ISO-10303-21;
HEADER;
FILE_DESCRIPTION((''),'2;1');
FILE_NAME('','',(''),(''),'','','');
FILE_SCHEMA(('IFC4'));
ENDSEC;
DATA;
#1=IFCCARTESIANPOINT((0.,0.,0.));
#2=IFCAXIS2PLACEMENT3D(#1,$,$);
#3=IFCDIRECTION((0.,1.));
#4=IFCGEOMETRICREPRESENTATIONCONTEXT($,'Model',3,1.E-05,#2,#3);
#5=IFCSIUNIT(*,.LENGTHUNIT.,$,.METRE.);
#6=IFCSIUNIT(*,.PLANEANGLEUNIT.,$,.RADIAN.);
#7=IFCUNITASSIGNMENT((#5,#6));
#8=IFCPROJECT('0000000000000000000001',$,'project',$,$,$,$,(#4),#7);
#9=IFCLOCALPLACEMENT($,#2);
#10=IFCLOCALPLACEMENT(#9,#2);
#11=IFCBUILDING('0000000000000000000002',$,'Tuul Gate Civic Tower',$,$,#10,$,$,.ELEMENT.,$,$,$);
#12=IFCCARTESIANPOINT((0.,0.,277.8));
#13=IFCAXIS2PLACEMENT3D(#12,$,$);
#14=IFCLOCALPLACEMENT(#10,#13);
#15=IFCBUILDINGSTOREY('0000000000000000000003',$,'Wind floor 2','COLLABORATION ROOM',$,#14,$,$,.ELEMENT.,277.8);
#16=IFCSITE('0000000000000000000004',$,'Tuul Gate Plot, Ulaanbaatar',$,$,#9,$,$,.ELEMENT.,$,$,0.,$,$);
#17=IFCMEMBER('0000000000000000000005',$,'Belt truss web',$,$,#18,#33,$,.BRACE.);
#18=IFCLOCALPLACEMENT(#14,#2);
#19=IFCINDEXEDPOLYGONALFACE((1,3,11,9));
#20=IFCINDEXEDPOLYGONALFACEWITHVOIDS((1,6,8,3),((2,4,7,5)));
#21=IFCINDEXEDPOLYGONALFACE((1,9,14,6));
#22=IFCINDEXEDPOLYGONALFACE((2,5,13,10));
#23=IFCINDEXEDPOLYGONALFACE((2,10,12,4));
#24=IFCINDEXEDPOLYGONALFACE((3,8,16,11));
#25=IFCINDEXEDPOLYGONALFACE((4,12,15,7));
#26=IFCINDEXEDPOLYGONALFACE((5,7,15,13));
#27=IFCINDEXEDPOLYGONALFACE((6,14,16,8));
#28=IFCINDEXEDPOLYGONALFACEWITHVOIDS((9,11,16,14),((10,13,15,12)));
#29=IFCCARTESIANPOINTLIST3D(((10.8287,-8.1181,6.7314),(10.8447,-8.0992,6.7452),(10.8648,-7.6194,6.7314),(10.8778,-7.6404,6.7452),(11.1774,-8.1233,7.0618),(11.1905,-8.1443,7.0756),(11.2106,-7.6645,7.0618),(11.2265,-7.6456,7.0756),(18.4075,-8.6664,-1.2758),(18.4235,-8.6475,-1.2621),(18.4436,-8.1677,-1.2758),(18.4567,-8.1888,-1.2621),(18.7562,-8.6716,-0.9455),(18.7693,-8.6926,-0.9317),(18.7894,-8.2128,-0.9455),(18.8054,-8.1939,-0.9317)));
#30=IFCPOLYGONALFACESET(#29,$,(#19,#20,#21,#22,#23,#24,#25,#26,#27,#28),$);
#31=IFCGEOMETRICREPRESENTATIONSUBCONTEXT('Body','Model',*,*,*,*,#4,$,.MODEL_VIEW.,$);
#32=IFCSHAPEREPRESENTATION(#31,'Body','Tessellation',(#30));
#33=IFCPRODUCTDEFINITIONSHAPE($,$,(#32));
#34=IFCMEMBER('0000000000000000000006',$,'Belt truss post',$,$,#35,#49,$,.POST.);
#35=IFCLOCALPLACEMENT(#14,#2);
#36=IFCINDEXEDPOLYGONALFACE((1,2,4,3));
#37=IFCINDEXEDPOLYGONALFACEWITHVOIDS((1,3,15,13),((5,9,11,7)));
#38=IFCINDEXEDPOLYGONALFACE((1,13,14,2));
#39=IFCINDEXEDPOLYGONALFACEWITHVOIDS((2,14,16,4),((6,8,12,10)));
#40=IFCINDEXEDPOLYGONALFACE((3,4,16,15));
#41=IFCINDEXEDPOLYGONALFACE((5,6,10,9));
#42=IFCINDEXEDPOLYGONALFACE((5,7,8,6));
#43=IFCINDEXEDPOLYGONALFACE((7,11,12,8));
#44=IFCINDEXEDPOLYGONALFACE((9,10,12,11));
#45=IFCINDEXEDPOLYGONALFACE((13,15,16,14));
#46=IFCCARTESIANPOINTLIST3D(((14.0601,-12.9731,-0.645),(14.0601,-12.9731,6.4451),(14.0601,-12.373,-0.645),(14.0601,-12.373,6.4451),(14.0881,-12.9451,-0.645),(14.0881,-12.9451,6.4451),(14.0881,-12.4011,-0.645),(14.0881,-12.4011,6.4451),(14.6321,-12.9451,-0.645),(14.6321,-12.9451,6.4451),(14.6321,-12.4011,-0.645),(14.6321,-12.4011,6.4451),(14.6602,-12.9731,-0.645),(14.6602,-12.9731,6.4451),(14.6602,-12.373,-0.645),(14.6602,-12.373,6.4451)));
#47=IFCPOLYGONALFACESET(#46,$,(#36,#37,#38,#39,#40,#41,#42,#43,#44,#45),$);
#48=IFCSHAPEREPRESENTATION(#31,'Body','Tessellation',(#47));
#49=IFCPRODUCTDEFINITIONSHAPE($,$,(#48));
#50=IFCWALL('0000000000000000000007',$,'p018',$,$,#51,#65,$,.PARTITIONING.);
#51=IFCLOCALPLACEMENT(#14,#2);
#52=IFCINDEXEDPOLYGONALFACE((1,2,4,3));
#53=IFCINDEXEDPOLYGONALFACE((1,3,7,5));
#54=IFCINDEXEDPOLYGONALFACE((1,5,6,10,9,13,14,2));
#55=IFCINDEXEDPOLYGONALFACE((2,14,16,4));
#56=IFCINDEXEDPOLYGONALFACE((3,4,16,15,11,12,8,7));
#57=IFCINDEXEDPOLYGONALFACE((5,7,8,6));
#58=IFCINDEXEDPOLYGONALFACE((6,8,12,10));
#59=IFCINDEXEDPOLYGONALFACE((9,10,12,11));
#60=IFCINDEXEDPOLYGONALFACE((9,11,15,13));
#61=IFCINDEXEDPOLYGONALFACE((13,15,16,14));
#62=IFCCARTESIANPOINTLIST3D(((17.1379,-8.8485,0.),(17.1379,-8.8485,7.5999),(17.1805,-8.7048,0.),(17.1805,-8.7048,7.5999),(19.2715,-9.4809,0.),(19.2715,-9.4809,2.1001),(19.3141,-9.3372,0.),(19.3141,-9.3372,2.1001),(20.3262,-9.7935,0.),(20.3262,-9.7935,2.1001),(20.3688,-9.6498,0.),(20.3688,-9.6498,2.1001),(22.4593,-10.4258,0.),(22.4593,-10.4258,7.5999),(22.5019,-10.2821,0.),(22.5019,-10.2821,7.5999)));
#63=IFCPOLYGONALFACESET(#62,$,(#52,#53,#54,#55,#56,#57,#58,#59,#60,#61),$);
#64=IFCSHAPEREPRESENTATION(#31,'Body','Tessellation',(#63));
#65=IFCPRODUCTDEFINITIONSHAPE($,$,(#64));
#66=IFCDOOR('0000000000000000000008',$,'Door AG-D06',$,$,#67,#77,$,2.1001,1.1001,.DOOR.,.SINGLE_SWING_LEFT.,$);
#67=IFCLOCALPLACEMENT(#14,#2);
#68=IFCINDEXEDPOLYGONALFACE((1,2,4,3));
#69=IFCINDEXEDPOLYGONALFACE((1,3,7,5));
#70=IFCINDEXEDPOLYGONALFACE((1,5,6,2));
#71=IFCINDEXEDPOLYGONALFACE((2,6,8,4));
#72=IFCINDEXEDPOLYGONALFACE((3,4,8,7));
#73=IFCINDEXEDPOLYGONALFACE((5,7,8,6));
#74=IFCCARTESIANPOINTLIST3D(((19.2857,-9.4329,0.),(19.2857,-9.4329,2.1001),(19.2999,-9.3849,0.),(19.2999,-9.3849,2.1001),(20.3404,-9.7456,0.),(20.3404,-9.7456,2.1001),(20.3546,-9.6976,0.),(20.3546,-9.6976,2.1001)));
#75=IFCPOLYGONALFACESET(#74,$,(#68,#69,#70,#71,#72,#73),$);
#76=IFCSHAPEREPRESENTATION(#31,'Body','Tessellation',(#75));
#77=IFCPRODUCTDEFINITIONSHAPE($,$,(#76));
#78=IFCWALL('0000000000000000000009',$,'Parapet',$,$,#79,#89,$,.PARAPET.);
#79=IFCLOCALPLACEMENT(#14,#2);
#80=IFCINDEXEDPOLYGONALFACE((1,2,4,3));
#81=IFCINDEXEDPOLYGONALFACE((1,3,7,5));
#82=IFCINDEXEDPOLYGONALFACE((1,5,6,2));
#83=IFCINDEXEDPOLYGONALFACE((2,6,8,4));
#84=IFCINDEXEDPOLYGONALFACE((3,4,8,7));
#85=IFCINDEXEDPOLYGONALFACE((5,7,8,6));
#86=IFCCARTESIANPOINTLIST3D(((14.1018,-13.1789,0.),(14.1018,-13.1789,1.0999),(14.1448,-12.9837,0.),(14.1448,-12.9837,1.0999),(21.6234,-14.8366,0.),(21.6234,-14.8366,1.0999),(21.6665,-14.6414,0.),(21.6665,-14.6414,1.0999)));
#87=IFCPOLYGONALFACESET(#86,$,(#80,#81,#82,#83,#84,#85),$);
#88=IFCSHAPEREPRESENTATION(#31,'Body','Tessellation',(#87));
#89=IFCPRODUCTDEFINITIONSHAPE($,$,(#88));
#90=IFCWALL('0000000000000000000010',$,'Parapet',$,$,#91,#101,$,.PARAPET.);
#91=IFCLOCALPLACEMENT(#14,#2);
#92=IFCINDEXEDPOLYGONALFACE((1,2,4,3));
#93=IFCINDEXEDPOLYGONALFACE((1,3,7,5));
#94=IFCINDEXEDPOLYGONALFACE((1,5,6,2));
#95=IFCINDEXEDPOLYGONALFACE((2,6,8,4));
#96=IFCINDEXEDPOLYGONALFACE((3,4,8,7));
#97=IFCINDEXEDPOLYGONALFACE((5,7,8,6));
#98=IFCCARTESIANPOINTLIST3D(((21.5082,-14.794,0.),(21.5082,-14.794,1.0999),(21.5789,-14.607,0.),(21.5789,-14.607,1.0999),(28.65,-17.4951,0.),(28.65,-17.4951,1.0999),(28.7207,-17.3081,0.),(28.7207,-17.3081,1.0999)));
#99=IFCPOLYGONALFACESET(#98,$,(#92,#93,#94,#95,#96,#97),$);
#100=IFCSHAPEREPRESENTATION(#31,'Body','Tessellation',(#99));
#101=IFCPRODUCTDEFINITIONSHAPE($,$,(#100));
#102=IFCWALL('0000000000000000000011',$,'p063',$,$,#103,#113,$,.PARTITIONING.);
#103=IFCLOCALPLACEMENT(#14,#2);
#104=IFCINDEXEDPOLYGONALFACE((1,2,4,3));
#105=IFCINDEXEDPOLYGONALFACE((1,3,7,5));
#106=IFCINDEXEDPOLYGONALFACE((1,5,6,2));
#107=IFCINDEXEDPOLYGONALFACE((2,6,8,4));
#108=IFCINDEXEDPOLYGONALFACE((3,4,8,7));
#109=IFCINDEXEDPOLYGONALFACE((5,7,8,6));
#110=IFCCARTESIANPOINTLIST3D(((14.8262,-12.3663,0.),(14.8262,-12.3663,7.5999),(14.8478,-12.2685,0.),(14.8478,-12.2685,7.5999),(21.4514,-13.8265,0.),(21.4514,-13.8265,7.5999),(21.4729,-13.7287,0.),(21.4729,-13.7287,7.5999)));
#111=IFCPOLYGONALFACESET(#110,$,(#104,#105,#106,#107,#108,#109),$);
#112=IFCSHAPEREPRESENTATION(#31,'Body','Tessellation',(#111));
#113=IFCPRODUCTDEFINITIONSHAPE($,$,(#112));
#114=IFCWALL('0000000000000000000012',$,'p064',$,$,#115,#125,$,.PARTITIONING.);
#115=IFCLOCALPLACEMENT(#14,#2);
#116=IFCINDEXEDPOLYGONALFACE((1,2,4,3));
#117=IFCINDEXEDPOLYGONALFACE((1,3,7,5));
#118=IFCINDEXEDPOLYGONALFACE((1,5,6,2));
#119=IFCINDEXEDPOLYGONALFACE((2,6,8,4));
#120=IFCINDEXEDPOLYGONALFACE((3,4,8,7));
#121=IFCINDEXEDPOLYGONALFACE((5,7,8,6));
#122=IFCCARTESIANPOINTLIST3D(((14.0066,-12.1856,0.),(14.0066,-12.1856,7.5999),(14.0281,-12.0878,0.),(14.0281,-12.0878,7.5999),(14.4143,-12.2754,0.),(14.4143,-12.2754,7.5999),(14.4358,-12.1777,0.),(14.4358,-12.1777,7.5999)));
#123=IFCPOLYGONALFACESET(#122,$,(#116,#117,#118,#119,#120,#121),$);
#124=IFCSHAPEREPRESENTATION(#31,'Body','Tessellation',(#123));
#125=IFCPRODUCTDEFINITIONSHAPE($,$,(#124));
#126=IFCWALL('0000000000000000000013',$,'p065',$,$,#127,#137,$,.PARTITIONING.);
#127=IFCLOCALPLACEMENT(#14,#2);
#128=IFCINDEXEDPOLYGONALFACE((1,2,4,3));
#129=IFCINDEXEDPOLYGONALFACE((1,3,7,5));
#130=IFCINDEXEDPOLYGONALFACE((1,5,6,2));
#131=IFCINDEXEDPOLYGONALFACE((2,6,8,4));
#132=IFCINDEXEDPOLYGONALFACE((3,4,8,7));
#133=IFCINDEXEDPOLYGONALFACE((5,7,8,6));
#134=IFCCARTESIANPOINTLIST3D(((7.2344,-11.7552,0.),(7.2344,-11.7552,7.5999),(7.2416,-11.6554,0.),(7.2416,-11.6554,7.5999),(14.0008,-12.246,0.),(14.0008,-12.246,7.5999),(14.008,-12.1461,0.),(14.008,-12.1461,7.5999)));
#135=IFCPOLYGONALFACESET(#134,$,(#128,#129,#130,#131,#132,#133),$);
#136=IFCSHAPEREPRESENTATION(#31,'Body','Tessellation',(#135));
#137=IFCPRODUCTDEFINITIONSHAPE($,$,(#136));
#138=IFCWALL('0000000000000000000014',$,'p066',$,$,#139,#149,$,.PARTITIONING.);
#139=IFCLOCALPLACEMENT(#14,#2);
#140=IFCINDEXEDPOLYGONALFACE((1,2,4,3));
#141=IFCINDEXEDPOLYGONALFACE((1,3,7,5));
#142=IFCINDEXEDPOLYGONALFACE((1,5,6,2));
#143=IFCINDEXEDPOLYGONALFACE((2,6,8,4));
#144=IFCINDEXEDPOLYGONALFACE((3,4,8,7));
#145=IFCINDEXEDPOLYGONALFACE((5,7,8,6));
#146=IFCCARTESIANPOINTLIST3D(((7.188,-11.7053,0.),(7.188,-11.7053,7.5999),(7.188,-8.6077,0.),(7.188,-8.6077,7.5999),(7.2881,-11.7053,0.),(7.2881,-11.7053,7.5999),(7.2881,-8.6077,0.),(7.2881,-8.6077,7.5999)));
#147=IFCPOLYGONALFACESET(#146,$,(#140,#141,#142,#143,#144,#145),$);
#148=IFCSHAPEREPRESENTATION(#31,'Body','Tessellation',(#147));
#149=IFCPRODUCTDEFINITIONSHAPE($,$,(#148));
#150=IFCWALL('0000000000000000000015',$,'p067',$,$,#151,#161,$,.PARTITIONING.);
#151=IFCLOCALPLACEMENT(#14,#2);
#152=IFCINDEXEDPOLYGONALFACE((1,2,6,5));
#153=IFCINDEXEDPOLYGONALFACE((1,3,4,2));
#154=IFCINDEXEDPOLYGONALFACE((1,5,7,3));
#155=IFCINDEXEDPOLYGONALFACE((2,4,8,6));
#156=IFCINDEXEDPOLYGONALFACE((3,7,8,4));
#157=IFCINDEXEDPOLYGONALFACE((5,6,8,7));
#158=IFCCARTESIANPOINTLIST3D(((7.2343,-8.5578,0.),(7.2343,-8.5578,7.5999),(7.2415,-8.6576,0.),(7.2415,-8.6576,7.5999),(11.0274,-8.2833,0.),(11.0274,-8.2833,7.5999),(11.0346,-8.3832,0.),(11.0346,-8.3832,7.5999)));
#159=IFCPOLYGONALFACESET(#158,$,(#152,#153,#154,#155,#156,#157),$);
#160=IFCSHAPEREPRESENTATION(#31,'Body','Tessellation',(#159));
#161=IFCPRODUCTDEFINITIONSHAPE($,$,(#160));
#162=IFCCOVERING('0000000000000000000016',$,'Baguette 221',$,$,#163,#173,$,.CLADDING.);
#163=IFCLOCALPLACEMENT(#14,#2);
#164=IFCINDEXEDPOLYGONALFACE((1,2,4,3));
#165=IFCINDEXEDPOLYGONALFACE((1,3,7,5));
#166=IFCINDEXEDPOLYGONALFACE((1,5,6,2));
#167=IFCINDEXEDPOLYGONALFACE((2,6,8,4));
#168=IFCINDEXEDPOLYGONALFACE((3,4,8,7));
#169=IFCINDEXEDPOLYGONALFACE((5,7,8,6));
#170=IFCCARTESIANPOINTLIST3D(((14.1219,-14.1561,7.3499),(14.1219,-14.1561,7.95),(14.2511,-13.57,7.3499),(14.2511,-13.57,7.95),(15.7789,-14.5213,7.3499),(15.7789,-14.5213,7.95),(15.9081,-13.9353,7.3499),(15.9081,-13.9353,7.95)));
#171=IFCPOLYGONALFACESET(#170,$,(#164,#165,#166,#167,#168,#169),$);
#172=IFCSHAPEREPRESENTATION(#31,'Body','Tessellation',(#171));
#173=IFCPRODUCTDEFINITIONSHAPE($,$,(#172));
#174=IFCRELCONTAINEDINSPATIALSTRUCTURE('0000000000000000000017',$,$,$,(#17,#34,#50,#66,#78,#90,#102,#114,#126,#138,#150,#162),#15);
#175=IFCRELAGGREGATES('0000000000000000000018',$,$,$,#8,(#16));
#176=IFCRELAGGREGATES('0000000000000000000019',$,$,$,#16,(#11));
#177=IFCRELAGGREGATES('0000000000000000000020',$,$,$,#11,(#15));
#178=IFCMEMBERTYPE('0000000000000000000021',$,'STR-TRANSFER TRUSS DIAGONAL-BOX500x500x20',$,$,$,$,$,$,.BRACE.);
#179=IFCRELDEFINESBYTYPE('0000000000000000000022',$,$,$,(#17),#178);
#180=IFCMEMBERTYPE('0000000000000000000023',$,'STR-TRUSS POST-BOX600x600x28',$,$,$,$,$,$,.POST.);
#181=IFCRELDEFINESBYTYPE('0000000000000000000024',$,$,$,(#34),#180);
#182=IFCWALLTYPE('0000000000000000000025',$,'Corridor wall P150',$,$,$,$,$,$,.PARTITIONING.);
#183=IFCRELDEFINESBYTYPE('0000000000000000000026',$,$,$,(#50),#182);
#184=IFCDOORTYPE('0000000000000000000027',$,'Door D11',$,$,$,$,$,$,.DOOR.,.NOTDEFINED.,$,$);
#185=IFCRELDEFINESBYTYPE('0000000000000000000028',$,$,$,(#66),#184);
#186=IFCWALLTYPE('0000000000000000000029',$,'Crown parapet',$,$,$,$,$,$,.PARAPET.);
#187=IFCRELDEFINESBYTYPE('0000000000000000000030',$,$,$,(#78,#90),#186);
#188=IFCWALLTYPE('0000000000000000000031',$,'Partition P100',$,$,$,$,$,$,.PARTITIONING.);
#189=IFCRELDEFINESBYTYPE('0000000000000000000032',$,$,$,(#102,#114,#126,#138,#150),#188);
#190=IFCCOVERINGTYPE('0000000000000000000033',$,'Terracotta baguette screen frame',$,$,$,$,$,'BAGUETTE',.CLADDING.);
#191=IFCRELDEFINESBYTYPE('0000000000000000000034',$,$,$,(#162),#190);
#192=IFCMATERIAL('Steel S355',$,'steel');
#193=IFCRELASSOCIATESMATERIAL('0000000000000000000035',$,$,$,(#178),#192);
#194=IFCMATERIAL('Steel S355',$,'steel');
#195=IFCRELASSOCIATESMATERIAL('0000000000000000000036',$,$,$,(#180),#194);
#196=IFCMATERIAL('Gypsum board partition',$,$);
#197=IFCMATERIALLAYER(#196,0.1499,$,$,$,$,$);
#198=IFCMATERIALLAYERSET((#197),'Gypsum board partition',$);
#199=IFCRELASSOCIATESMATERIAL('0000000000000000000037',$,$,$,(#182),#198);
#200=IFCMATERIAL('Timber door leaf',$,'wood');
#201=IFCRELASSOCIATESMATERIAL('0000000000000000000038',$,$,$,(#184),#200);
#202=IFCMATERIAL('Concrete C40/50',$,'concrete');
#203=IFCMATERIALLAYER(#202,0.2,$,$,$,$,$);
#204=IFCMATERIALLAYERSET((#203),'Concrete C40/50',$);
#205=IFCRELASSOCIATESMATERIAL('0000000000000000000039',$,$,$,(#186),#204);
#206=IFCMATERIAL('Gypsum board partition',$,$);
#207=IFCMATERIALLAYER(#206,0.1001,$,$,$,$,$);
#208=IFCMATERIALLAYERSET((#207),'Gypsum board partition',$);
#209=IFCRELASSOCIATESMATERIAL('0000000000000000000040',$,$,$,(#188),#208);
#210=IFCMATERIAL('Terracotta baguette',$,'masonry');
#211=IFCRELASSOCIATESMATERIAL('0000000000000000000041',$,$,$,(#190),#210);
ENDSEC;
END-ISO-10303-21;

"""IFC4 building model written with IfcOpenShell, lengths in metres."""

from ifc_helpers import new_model, si_unit, direction, frame, frame_2d, origin, origin_2d, place, context, subcontext, project, spatial, rectangle, hollow_rectangle, extrude, material, layer, layer_set, material_profile, profile_set, type_object, element, fill, save


model = new_model("IFC4")

# Units and contexts
model_context = context("Model", 3, precision=1e-05, world=origin(), true_north=direction((0.0, 1.0)))
body_context = subcontext(model_context, "Body", "Model", "MODEL_VIEW")
ifc_project = project(units=[si_unit("LENGTHUNIT", "METRE"), si_unit("PLANEANGLEUNIT", "RADIAN")], contexts=[model_context])

# Site, building, storey
site_placement = place(None, origin())
site = spatial("IfcSite", under=ifc_project, at=site_placement, Name="Tuul Gate Plot, Ulaanbaatar", CompositionType="ELEMENT", RefElevation=0.0)
building_placement = place(site_placement, origin())
building = spatial("IfcBuilding", under=site, at=building_placement, Name="Tuul Gate Civic Tower", CompositionType="ELEMENT")
storey_placement = place(building_placement, frame((0.0, 0.0, 277.8)))
storey = spatial("IfcBuildingStorey", under=building, at=storey_placement, Name="Wind floor 2", Description="COLLABORATION ROOM", CompositionType="ELEMENT", Elevation=277.8)

# Members
ifc_material_1 = material(Name="Steel S355", Category="steel")
ifc_material_profile_1 = material_profile(ifc_material_1, hollow_rectangle(XDim=0.5, YDim=0.5, WallThickness=0.02, at=origin_2d()), Name="BOX500x500x20")
ifc_profile_set_1 = profile_set([ifc_material_profile_1], Name="Steel S355")
member_type_1 = type_object("IfcMemberType", Name="STR-TRANSFER TRUSS DIAGONAL-BOX500x500x20", PredefinedType="BRACE", material=ifc_profile_set_1)
member_1_placement = place(storey_placement, frame((18.6064, -8.4302, -1.1038), z_axis=(-0.68656, 0.049673, 0.725374), x_axis=(-0.072163, -0.997393, 0.0)))
element("IfcMember", 1, at=member_1_placement, inside=storey, type_object=member_type_1, Name="Belt truss web", PredefinedType="BRACE", context=body_context, shape_type="SweptSolid", body=[
    extrude(hollow_rectangle(XDim=0.5, YDim=0.5, WallThickness=0.02, at=origin_2d()), origin(), (0.0, 0.0, 1.0), 11.0388),
])
ifc_material_2 = material(Name="Steel S355", Category="steel")
ifc_material_profile_2 = material_profile(ifc_material_2, hollow_rectangle(XDim=0.6001, YDim=0.6001, WallThickness=0.0281, at=origin_2d()), Name="BOX600x600x28")
ifc_profile_set_2 = profile_set([ifc_material_profile_2], Name="Steel S355")
member_type_2 = type_object("IfcMemberType", Name="STR-TRUSS POST-BOX600x600x28", PredefinedType="POST", material=ifc_profile_set_2)
member_2_placement = place(storey_placement, frame((14.3601, -12.6731, -0.645), z_axis=(0.0, 0.0, 1.0), x_axis=(1.0, 0.0, 0.0)))
element("IfcMember", 2, at=member_2_placement, inside=storey, type_object=member_type_2, Name="Belt truss post", PredefinedType="POST", context=body_context, shape_type="SweptSolid", body=[
    extrude(hollow_rectangle(XDim=0.6001, YDim=0.6001, WallThickness=0.0281, at=origin_2d()), origin(), (0.0, 0.0, 1.0), 7.0901),
])

# Wall, opening, door
ifc_material_3 = material(Name="Gypsum board partition")
ifc_layer_1 = layer(ifc_material_3, 0.1499)
ifc_layer_set_1 = layer_set([ifc_layer_1], Name="Gypsum board partition")
wall_type_1 = type_object("IfcWallType", Name="Corridor wall P150", PredefinedType="PARTITIONING", material=ifc_layer_set_1)
wall_1_placement = place(storey_placement, frame((17.1592, -8.7766, 0.0), z_axis=(0.0, 0.0, 1.0), x_axis=(0.958767, -0.284195, 0.0)))
wall_1 = element("IfcWall", 3, at=wall_1_placement, inside=storey, type_object=wall_type_1, Name="p018", PredefinedType="PARTITIONING", context=body_context, shape_type="SweptSolid", body=[
    extrude(rectangle(XDim=5.5503, YDim=0.1499, at=frame_2d((2.7751, 0.0))), origin(), (0.0, 0.0, 1.0), 7.5999),
])
opening_placement = place(wall_1_placement, frame((2.2253, 0.0, 0.0)))
opening = element("IfcOpeningElement", 4, at=opening_placement, cuts=wall_1, PredefinedType="OPENING", context=body_context, shape_type="SweptSolid", body=[
    extrude(rectangle(XDim=1.1001, YDim=2.1001, at=frame_2d((0.55, 1.05))), frame((0.0, 0.085, 0.0), z_axis=(0.0, -1.0, 0.0), x_axis=(1.0, 0.0, 0.0)), (0.0, 0.0, 1.0), 0.1699),
])
ifc_material_4 = material(Name="Timber door leaf", Category="wood")
door_type = type_object("IfcDoorType", Name="Door D11", OperationType="NOTDEFINED", PredefinedType="DOOR", material=ifc_material_4)
door_placement = place(opening_placement, frame((1.1001, 0.0, 0.0), z_axis=(0.0, 0.0, 1.0), x_axis=(-1.0, 0.0, 0.0)))
door = element("IfcDoor", 5, at=door_placement, inside=storey, type_object=door_type, Name="Door AG-D06", OperationType="SINGLE_SWING_LEFT", OverallHeight=2.1001, OverallWidth=1.1001, PredefinedType="DOOR", context=body_context, shape_type="SweptSolid", body=[
    extrude(rectangle(XDim=1.1001, YDim=2.1001, at=frame_2d((0.55, 1.05))), frame((0.0, 0.0249, 0.0), z_axis=(0.0, -1.0, 0.0), x_axis=(1.0, 0.0, 0.0)), (0.0, 0.0, 1.0), 0.05),
])
fill(opening, door)

# Walls
ifc_material_5 = material(Name="Concrete C40/50", Category="concrete")
ifc_layer_2 = layer(ifc_material_5, 0.2)
ifc_layer_set_2 = layer_set([ifc_layer_2], Name="Concrete C40/50")
wall_type_2 = type_object("IfcWallType", Name="Crown parapet", PredefinedType="PARAPET", material=ifc_layer_set_2)
wall_2_placement = place(storey_placement, frame((14.1233, -13.0813, 0.0), z_axis=(0.0, 0.0, 1.0), x_axis=(0.976564, -0.215225, 0.0)))
element("IfcWall", 6, at=wall_2_placement, inside=storey, type_object=wall_type_2, Name="Parapet", PredefinedType="PARAPET", context=body_context, shape_type="SweptSolid", body=[
    extrude(rectangle(XDim=7.7021, YDim=0.2, at=frame_2d((3.8511, 0.0))), origin(), (0.0, 0.0, 1.0), 1.0999),
])
wall_3_placement = place(storey_placement, frame((21.5435, -14.7004, 0.0), z_axis=(0.0, 0.0, 1.0), x_axis=(0.935336, -0.353761, 0.0)))
element("IfcWall", 7, at=wall_3_placement, inside=storey, type_object=wall_type_2, Name="Parapet", PredefinedType="PARAPET", context=body_context, shape_type="SweptSolid", body=[
    extrude(rectangle(XDim=7.6355, YDim=0.2, at=frame_2d((3.8179, 0.0))), origin(), (0.0, 0.0, 1.0), 1.0999),
])
ifc_material_6 = material(Name="Gypsum board partition")
ifc_layer_3 = layer(ifc_material_6, 0.1001)
ifc_layer_set_3 = layer_set([ifc_layer_3], Name="Gypsum board partition")
wall_type_3 = type_object("IfcWallType", Name="Partition P100", PredefinedType="PARTITIONING", material=ifc_layer_set_3)
wall_4_placement = place(storey_placement, frame((21.4622, -13.7776, 0.0), z_axis=(0.0, 0.0, 1.0), x_axis=(-0.976562, 0.215235, 0.0)))
element("IfcWall", 8, at=wall_4_placement, inside=storey, type_object=wall_type_3, Name="p063", PredefinedType="PARTITIONING", context=body_context, shape_type="SweptSolid", body=[
    extrude(rectangle(XDim=6.7842, YDim=0.1001, at=frame_2d((3.3921, 0.0))), origin(), (0.0, 0.0, 1.0), 7.5999),
])
wall_5_placement = place(storey_placement, frame((14.425, -12.2266, 0.0), z_axis=(0.0, 0.0, 1.0), x_axis=(-0.976571, 0.215196, 0.0)))
element("IfcWall", 9, at=wall_5_placement, inside=storey, type_object=wall_type_3, Name="p064", PredefinedType="PARTITIONING", context=body_context, shape_type="SweptSolid", body=[
    extrude(rectangle(XDim=0.4175, YDim=0.1001, at=frame_2d((0.2087, 0.0))), origin(), (0.0, 0.0, 1.0), 7.5999),
])
wall_6_placement = place(storey_placement, frame((14.0044, -12.196, 0.0), z_axis=(0.0, 0.0, 1.0), x_axis=(-0.99738, 0.072334, 0.0)))
element("IfcWall", 10, at=wall_6_placement, inside=storey, type_object=wall_type_3, Name="p065", PredefinedType="PARTITIONING", context=body_context, shape_type="SweptSolid", body=[
    extrude(rectangle(XDim=6.7842, YDim=0.1001, at=frame_2d((3.3921, 0.0))), origin(), (0.0, 0.0, 1.0), 7.5999),
])
wall_7_placement = place(storey_placement, frame((7.238, -11.7053, 0.0), z_axis=(0.0, 0.0, 1.0), x_axis=(0.0, 1.0, 0.0)))
element("IfcWall", 11, at=wall_7_placement, inside=storey, type_object=wall_type_3, Name="p066", PredefinedType="PARTITIONING", context=body_context, shape_type="SweptSolid", body=[
    extrude(rectangle(XDim=3.0977, YDim=0.1001, at=frame_2d((1.5488, 0.0))), origin(), (0.0, 0.0, 1.0), 7.5999),
])
wall_8_placement = place(storey_placement, frame((7.238, -8.6077, 0.0), z_axis=(0.0, 0.0, 1.0), x_axis=(0.997393, 0.072159, 0.0)))
element("IfcWall", 12, at=wall_8_placement, inside=storey, type_object=wall_type_3, Name="p067", PredefinedType="PARTITIONING", context=body_context, shape_type="SweptSolid", body=[
    extrude(rectangle(XDim=3.803, YDim=0.1001, at=frame_2d((1.9014, 0.0))), origin(), (0.0, 0.0, 1.0), 7.5999),
])

# Covering
ifc_material_7 = material(Name="Terracotta baguette", Category="masonry")
ifc_material_profile_3 = material_profile(ifc_material_7, rectangle(XDim=0.6001, YDim=0.6001, at=origin_2d()), Name="Terracotta baguette screen frame")
ifc_profile_set_3 = profile_set([ifc_material_profile_3], Name="Terracotta baguette")
covering_type = type_object("IfcCoveringType", Name="Terracotta baguette screen frame", ElementType="BAGUETTE", PredefinedType="CLADDING", material=ifc_profile_set_3)
covering_1_placement = place(storey_placement, frame((14.1865, -13.863, 7.6499), z_axis=(0.976558, -0.215254, 0.0), x_axis=(0.215254, 0.976558, 0.0)))
element("IfcCovering", 13, at=covering_1_placement, inside=storey, type_object=covering_type, Name="Baguette 221", PredefinedType="CLADDING", context=body_context, shape_type="SweptSolid", body=[
    extrude(rectangle(XDim=0.6001, YDim=0.6001, at=origin_2d()), origin(), (0.0, 0.0, 1.0), 1.6968),
])

save(model, "model.ifc")
